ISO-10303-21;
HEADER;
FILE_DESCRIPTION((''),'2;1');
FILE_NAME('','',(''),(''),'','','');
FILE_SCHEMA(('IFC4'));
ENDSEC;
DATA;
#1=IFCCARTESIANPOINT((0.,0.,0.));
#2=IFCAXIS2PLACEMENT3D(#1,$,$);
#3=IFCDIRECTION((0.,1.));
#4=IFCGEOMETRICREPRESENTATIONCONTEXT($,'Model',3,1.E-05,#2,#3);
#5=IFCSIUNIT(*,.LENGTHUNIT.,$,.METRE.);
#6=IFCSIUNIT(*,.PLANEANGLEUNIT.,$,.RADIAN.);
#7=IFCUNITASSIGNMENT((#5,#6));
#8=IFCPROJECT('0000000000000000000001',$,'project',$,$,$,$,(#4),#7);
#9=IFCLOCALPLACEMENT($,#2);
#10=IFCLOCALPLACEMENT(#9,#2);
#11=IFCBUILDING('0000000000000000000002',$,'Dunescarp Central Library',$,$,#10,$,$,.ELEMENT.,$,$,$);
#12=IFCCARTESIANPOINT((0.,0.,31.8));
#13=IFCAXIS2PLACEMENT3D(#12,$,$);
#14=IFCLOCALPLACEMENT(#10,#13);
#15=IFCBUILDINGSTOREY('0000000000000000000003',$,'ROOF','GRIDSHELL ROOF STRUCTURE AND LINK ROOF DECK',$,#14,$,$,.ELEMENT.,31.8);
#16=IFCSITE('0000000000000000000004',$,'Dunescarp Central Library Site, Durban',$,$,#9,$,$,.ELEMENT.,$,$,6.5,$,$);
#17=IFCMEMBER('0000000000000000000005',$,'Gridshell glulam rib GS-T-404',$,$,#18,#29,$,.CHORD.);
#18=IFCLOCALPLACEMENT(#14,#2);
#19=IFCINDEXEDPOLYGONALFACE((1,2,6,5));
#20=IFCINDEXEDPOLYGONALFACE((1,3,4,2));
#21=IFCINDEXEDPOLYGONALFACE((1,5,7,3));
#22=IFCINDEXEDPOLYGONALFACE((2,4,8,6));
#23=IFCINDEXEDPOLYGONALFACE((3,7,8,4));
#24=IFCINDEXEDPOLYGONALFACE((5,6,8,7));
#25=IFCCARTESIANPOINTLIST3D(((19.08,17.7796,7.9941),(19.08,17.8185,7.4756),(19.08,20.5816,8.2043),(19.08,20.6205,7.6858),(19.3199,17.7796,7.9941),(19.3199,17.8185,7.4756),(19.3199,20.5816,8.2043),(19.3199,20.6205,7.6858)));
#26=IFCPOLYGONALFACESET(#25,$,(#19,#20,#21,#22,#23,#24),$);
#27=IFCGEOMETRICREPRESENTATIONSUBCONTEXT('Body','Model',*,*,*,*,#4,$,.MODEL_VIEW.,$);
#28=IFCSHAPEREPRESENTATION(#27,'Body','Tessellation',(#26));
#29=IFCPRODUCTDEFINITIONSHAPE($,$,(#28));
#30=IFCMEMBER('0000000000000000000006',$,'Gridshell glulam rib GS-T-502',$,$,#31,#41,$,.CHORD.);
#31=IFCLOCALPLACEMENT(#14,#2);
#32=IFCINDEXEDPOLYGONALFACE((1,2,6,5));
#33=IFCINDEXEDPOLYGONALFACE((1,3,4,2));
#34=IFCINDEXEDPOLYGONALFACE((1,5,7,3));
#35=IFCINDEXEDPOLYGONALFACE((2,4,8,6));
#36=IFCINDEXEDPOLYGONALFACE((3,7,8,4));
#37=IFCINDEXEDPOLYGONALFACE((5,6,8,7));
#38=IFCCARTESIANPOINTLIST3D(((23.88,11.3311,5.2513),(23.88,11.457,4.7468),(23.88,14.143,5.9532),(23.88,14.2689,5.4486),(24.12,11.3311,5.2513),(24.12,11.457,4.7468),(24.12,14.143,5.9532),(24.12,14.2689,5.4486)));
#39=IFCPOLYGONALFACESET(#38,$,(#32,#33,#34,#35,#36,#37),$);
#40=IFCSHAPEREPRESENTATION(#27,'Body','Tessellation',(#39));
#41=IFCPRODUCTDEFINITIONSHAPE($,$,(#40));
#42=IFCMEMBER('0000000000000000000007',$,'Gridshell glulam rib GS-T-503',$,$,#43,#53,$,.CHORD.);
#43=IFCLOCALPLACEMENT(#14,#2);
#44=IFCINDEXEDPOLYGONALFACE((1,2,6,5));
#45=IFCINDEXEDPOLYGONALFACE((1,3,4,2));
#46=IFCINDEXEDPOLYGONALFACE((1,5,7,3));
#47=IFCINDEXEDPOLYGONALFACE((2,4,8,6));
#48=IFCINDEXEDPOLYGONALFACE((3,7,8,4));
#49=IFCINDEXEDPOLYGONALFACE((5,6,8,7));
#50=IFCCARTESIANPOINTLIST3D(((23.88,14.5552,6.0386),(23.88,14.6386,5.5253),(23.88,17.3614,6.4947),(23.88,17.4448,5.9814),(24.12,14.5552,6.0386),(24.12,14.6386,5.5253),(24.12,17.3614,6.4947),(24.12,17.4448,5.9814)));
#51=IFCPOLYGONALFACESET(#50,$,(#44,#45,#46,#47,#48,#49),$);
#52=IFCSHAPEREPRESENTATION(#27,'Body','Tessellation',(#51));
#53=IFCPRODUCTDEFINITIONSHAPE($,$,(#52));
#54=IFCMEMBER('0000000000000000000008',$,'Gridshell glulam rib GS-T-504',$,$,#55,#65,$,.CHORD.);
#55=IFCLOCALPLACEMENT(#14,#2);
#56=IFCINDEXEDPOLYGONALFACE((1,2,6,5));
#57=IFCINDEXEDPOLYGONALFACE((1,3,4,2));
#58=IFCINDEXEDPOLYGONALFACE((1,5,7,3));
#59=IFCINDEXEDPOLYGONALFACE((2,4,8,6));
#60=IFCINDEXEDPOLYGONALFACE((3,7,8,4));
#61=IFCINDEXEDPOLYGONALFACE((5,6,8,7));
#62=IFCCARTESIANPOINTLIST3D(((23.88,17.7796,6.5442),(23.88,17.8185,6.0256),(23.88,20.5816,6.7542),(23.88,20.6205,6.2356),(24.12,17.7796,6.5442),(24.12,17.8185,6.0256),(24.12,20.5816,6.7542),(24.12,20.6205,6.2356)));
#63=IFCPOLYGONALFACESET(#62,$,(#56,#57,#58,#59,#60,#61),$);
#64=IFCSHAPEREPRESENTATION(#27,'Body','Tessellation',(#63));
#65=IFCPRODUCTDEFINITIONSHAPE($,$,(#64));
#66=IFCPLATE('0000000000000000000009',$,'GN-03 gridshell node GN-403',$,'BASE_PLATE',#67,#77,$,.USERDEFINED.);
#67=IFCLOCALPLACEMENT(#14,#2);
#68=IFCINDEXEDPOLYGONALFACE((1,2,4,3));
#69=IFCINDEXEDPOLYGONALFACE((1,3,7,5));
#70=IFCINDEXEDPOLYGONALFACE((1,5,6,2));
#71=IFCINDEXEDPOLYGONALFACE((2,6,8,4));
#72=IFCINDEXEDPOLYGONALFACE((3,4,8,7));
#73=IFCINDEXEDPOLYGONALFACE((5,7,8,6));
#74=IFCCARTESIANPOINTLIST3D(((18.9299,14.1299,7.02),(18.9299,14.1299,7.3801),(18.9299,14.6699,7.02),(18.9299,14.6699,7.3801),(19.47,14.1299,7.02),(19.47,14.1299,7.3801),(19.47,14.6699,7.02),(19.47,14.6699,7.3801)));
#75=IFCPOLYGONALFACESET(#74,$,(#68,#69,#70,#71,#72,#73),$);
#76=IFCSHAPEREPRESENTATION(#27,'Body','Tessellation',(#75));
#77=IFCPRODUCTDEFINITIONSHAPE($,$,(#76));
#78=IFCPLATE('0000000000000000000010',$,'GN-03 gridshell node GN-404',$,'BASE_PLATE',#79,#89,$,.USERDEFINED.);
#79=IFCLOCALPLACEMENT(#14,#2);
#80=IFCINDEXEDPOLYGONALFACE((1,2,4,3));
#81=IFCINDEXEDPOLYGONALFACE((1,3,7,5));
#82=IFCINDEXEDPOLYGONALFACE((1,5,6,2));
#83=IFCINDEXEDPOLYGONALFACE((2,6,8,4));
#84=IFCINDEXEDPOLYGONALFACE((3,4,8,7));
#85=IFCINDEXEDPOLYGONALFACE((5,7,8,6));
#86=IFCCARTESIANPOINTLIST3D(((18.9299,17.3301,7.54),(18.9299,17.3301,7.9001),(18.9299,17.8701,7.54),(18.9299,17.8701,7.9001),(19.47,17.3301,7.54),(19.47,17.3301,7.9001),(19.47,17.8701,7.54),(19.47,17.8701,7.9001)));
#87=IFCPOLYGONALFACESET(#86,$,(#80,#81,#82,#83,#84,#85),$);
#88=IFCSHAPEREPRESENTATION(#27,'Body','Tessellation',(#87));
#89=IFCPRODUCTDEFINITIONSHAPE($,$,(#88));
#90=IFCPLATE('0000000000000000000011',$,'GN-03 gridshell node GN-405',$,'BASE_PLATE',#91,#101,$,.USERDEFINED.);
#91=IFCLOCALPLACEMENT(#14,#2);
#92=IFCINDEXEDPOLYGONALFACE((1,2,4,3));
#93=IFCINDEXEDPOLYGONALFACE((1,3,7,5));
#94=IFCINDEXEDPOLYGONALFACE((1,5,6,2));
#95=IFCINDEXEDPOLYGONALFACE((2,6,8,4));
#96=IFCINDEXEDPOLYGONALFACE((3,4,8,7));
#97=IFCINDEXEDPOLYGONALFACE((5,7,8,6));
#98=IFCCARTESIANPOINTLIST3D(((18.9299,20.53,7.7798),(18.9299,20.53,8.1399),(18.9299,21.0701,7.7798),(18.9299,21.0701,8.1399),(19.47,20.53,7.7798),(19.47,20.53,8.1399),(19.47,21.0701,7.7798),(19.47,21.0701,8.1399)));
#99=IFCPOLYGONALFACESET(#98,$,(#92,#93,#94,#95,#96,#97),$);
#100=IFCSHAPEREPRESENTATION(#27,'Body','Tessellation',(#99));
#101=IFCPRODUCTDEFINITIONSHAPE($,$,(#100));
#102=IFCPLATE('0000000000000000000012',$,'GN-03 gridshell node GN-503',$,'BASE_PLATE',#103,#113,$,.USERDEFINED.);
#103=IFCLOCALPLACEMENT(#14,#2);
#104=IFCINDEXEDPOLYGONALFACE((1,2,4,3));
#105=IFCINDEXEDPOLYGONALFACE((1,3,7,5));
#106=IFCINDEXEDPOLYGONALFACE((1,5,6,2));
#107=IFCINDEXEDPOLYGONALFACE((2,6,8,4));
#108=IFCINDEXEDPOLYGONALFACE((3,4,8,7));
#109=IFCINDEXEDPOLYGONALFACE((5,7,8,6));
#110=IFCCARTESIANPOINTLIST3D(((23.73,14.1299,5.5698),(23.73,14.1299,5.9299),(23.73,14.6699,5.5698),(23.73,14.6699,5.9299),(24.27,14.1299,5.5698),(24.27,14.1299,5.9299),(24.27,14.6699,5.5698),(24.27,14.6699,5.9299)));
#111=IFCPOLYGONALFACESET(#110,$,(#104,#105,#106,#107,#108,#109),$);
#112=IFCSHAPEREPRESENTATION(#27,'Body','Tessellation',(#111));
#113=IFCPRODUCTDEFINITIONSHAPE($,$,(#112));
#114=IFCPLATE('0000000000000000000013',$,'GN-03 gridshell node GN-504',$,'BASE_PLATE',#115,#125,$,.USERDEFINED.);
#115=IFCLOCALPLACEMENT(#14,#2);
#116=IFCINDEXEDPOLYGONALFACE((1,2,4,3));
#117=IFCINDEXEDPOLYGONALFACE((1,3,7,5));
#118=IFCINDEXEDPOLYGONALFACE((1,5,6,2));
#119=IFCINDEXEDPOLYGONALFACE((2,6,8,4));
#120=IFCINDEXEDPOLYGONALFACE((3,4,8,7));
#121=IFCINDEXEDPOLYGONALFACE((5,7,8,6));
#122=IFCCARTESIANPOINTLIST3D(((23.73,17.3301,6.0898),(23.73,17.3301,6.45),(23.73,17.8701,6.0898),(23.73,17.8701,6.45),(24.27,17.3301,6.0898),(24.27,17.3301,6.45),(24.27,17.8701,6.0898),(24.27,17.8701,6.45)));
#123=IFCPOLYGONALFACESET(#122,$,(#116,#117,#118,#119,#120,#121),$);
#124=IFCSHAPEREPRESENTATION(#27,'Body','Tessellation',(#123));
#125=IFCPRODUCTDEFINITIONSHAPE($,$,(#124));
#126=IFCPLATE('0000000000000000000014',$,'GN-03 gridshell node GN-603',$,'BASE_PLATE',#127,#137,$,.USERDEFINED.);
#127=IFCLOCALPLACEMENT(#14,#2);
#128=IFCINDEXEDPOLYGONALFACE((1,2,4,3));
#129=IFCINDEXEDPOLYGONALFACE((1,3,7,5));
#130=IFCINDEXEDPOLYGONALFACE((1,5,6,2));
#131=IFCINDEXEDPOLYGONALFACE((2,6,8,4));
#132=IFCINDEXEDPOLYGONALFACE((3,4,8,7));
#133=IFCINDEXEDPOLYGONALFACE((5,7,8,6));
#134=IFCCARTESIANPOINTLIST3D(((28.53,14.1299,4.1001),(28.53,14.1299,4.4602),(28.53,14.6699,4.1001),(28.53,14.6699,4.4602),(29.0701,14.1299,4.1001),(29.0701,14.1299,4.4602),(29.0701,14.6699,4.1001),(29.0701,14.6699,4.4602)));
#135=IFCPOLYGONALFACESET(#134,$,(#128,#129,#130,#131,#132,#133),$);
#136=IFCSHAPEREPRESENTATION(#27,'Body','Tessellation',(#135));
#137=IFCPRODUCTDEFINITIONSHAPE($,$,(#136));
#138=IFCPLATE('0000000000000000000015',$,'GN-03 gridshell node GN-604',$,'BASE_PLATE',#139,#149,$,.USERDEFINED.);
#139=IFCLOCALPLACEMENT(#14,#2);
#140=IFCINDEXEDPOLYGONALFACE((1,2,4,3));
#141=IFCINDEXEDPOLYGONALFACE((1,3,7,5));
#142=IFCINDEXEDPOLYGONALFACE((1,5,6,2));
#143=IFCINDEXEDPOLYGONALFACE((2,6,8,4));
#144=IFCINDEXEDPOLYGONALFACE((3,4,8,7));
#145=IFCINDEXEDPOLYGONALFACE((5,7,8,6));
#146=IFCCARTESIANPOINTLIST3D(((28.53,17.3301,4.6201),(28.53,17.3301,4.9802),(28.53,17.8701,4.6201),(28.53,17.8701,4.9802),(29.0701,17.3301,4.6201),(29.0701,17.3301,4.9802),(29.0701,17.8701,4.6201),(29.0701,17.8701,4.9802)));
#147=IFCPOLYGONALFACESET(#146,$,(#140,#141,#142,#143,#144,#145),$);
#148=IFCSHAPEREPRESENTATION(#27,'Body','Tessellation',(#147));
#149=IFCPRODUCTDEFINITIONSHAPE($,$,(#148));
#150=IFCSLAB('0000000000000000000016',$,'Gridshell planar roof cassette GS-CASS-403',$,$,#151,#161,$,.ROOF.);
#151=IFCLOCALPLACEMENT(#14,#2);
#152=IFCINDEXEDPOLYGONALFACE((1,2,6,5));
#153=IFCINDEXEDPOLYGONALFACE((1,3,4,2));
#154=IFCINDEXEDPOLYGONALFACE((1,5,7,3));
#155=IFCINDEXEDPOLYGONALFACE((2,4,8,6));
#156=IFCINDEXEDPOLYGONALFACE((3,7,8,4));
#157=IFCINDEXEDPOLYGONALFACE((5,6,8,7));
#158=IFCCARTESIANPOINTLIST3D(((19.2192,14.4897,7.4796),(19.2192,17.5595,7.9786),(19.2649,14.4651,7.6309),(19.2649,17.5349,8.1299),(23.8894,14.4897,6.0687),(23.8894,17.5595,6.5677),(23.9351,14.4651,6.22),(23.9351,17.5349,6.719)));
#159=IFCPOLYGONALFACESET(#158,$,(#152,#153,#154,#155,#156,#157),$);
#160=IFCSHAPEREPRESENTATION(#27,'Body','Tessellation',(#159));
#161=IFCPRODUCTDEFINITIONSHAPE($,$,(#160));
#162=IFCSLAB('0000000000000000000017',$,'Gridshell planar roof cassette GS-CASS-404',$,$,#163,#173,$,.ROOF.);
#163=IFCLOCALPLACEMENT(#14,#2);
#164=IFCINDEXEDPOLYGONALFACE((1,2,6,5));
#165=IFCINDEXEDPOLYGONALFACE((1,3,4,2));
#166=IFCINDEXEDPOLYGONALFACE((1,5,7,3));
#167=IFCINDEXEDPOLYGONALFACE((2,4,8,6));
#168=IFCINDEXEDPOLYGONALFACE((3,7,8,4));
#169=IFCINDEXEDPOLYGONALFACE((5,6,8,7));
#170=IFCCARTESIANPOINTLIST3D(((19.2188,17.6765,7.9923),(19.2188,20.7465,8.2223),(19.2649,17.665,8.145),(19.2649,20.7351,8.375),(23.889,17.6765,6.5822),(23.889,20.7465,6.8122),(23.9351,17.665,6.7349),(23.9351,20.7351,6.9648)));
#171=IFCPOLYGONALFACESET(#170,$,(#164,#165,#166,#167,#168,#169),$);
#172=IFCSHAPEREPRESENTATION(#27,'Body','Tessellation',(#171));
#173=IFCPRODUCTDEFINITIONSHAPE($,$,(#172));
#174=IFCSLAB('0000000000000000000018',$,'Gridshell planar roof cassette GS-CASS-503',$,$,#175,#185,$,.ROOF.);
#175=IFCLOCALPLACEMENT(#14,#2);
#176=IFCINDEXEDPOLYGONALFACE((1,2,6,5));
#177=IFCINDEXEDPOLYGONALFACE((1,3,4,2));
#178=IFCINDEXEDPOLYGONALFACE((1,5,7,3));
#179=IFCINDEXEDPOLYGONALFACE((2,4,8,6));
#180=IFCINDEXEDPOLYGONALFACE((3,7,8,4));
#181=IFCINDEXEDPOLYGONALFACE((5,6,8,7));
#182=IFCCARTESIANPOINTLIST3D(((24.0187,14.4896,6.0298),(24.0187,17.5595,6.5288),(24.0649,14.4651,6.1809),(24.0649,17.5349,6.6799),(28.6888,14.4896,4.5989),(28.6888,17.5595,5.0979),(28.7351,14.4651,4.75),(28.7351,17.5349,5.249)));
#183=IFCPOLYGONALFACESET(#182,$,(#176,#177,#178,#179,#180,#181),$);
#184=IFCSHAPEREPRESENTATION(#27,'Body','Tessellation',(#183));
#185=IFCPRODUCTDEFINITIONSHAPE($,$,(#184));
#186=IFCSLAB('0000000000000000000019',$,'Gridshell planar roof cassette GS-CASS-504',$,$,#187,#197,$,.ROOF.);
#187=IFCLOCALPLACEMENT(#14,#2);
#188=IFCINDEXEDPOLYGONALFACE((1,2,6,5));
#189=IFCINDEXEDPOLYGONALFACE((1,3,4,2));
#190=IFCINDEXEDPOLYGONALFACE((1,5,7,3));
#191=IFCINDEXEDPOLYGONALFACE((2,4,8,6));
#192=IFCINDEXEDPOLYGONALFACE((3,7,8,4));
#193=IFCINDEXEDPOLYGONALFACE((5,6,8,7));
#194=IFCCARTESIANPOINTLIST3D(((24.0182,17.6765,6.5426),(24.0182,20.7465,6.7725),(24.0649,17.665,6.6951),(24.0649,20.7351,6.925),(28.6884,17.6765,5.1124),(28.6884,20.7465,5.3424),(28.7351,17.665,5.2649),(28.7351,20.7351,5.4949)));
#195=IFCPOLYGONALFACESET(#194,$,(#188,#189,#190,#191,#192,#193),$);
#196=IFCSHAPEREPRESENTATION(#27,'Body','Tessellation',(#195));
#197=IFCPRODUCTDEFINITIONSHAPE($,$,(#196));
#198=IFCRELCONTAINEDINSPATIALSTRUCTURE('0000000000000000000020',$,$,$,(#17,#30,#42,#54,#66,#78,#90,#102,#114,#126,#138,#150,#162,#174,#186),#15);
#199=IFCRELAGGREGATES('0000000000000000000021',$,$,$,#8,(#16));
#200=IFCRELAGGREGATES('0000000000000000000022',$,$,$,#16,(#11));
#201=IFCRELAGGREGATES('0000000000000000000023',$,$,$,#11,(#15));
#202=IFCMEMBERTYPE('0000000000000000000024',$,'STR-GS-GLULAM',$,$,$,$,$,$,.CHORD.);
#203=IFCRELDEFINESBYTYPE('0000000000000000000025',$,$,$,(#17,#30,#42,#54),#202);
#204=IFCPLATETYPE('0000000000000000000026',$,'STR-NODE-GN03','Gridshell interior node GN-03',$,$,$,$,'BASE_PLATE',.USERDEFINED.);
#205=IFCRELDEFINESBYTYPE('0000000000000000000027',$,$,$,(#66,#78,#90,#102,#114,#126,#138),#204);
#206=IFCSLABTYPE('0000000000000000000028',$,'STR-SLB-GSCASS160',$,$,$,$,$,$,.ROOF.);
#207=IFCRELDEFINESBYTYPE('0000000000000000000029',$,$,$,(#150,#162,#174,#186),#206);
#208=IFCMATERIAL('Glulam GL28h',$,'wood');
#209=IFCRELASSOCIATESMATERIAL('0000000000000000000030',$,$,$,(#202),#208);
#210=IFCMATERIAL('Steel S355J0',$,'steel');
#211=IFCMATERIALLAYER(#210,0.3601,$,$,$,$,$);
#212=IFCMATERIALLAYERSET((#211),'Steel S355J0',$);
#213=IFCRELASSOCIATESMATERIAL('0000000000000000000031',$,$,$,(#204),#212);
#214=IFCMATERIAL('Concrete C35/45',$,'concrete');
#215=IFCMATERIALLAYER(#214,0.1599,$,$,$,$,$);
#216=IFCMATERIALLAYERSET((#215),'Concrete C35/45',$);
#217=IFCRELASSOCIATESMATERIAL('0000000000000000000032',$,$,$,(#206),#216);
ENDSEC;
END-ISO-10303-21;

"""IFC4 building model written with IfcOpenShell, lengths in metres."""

from ifc_helpers import new_model, si_unit, direction, frame, origin, origin_2d, place, context, subcontext, project, spatial, polyline, rectangle, outline, extrude, material, layer, layer_set, material_profile, profile_set, type_object, element, save


model = new_model("IFC4")

# Units and contexts
model_context = context("Model", 3, precision=1e-05, world=origin(), true_north=direction((0.0, 1.0)))
body_context = subcontext(model_context, "Body", "Model", "MODEL_VIEW")
ifc_project = project(units=[si_unit("LENGTHUNIT", "METRE"), si_unit("PLANEANGLEUNIT", "RADIAN")], contexts=[model_context])

# Site, building, storey
site_placement = place(None, origin())
site = spatial("IfcSite", under=ifc_project, at=site_placement, Name="Dunescarp Central Library Site, Durban", CompositionType="ELEMENT", RefElevation=6.5)
building_placement = place(site_placement, origin())
building = spatial("IfcBuilding", under=site, at=building_placement, Name="Dunescarp Central Library", CompositionType="ELEMENT")
storey_placement = place(building_placement, frame((0.0, 0.0, 31.8)))
storey = spatial("IfcBuildingStorey", under=building, at=storey_placement, Name="ROOF", Description="GRIDSHELL ROOF STRUCTURE AND LINK ROOF DECK", CompositionType="ELEMENT", Elevation=31.8)

# Members
ifc_material_1 = material(Name="Steel S355J0", Category="steel")
ifc_material_2 = material(Name="Glulam GL28h", Category="wood")
ifc_material_profile_1 = material_profile(ifc_material_2, rectangle(XDim=0.24, YDim=0.52, at=origin_2d()), Name="GL28h 240x520")
ifc_profile_set_1 = profile_set([ifc_material_profile_1], Name="Glulam GL28h")
member_type_1 = type_object("IfcMemberType", Name="STR-GS-GLULAM", PredefinedType="CHORD", material=ifc_profile_set_1)
member_1_placement = place(storey_placement, frame((19.2, 17.7991, 7.7349), z_axis=(0.0, 0.997198, 0.074809), x_axis=(-1.0, 0.0, 0.0)))
element("IfcMember", 1, at=member_1_placement, inside=storey, type_object=member_type_1, Name="Gridshell glulam rib GS-T-404", PredefinedType="CHORD", context=body_context, shape_type="SweptSolid", body=[
    extrude(rectangle(XDim=0.24, YDim=0.52, at=origin_2d()), origin(), (0.0, 0.0, 1.0), 2.8098),
])
member_2_placement = place(storey_placement, frame((24.0, 11.394, 4.999), z_axis=(0.0, 0.970232, 0.242179), x_axis=(-1.0, 0.0, 0.0)))
element("IfcMember", 2, at=member_2_placement, inside=storey, type_object=member_type_1, Name="Gridshell glulam rib GS-T-502", PredefinedType="CHORD", context=body_context, shape_type="SweptSolid", body=[
    extrude(rectangle(XDim=0.24, YDim=0.52, at=origin_2d()), origin(), (0.0, 0.0, 1.0), 2.8982),
])
member_3_placement = place(storey_placement, frame((24.0, 14.5969, 5.782), z_axis=(0.0, 0.98705, 0.160415), x_axis=(-1.0, 0.0, 0.0)))
element("IfcMember", 3, at=member_3_placement, inside=storey, type_object=member_type_1, Name="Gridshell glulam rib GS-T-503", PredefinedType="CHORD", context=body_context, shape_type="SweptSolid", body=[
    extrude(rectangle(XDim=0.24, YDim=0.52, at=origin_2d()), origin(), (0.0, 0.0, 1.0), 2.843),
])
member_4_placement = place(storey_placement, frame((24.0, 17.7991, 6.2849), z_axis=(0.0, 0.997204, 0.074723), x_axis=(-1.0, 0.0, 0.0)))
element("IfcMember", 4, at=member_4_placement, inside=storey, type_object=member_type_1, Name="Gridshell glulam rib GS-T-504", PredefinedType="CHORD", context=body_context, shape_type="SweptSolid", body=[
    extrude(rectangle(XDim=0.24, YDim=0.52, at=origin_2d()), origin(), (0.0, 0.0, 1.0), 2.8098),
])

# Plates
ifc_layer_1 = layer(ifc_material_1, 0.3601)
ifc_layer_set_1 = layer_set([ifc_layer_1], Name="Steel S355J0")
plate_type = type_object("IfcPlateType", Name="STR-NODE-GN03", Description="Gridshell interior node GN-03", ElementType="BASE_PLATE", PredefinedType="USERDEFINED", material=ifc_layer_set_1)
for number, where, z_axis, x_axis, name in (
    (5, (19.2, 14.3999, 7.02), (0.0, 0.0, 1.0), (1.0, 0.0, 0.0), "GN-03 gridshell node GN-403"),
    (6, (19.2, 17.6001, 7.54), (0.0, 0.0, 1.0), (1.0, 0.0, 0.0), "GN-03 gridshell node GN-404"),
    (7, (19.2, 20.8, 7.7798), (0.0, 0.0, 1.0), (1.0, 0.0, 0.0), "GN-03 gridshell node GN-405"),
    (8, (24.0, 14.3999, 5.5698), (0.0, 0.0, 1.0), (1.0, 0.0, 0.0), "GN-03 gridshell node GN-503"),
    (9, (24.0, 17.6001, 6.0898), (0.0, 0.0, 1.0), (1.0, 0.0, 0.0), "GN-03 gridshell node GN-504"),
    (10, (28.8, 14.3999, 4.1001), (0.0, 0.0, 1.0), (1.0, 0.0, 0.0), "GN-03 gridshell node GN-603"),
    (11, (28.8, 17.6001, 4.6201), (0.0, 0.0, 1.0), (1.0, 0.0, 0.0), "GN-03 gridshell node GN-604"),
):
    element("IfcPlate", number, at=place(storey_placement, frame(where, z_axis=z_axis, x_axis=x_axis)), inside=storey, type_object=plate_type, Name=name, ObjectType="BASE_PLATE", PredefinedType="USERDEFINED", context=body_context, shape_type="SweptSolid", body=[
        extrude(rectangle(XDim=0.54, YDim=0.54, at=origin_2d()), origin(), (0.0, 0.0, 1.0), 0.3601),
    ])

# Slabs
ifc_material_3 = material(Name="Concrete C35/45", Category="concrete")
ifc_layer_2 = layer(ifc_material_3, 0.1599)
ifc_layer_set_2 = layer_set([ifc_layer_2], Name="Concrete C35/45")
slab_type = type_object("IfcSlabType", Name="STR-SLB-GSCASS160", PredefinedType="ROOF", material=ifc_layer_set_2)
slab_1_placement = place(storey_placement, frame((19.2649, 14.4651, 7.6309), z_axis=(0.285758, -0.153761, 0.945886), x_axis=(0.957269, 0.0, -0.289198)))
element("IfcSlab", 12, at=slab_1_placement, inside=storey, type_object=slab_type, Name="Gridshell planar roof cassette GS-CASS-403", PredefinedType="ROOF", context=body_context, shape_type="SweptSolid", body=[
    extrude(outline(polyline([(0.0, 0.0), (4.8786, 0.0), (4.7343, 3.1068), (-0.1443, 3.1068), (0.0, 0.0)])), origin(), (0.0, 0.0, -1.0), 0.1599),
])
slab_2_placement = place(storey_placement, frame((19.2649, 17.665, 8.145), z_axis=(0.28832, -0.071529, 0.954859), x_axis=(0.957311, 0.0, -0.28906)))
element("IfcSlab", 13, at=slab_2_placement, inside=storey, type_object=slab_type, Name="Gridshell planar roof cassette GS-CASS-404", PredefinedType="ROOF", context=body_context, shape_type="SweptSolid", body=[
    extrude(outline(polyline([(0.0, 0.0), (4.8784, 0.0), (4.8119, 3.078), (-0.0665, 3.078), (0.0, 0.0)])), origin(), (0.0, 0.0, -1.0), 0.1599),
])
slab_3_placement = place(storey_placement, frame((24.0649, 14.4651, 6.1809), z_axis=(0.289476, -0.153582, 0.944784), x_axis=(0.956127, 0.0, -0.292951)))
element("IfcSlab", 14, at=slab_3_placement, inside=storey, type_object=slab_type, Name="Gridshell planar roof cassette GS-CASS-503", PredefinedType="ROOF", context=body_context, shape_type="SweptSolid", body=[
    extrude(outline(polyline([(0.0, 0.0), (4.8845, 0.0), (4.7383, 3.1067), (-0.1462, 3.1067), (0.0, 0.0)])), origin(), (0.0, 0.0, -1.0), 0.1599),
])
slab_4_placement = place(storey_placement, frame((24.0649, 17.665, 6.6951), z_axis=(0.292066, -0.071444, 0.953726), x_axis=(0.956169, 0.0, -0.292814)))
element("IfcSlab", 15, at=slab_4_placement, inside=storey, type_object=slab_type, Name="Gridshell planar roof cassette GS-CASS-504", PredefinedType="ROOF", context=body_context, shape_type="SweptSolid", body=[
    extrude(outline(polyline([(0.0, 0.0), (4.8842, 0.0), (4.8169, 3.0779), (-0.0673, 3.0779), (0.0, 0.0)])), origin(), (0.0, 0.0, -1.0), 0.1599),
])

save(model, "model.ifc")
